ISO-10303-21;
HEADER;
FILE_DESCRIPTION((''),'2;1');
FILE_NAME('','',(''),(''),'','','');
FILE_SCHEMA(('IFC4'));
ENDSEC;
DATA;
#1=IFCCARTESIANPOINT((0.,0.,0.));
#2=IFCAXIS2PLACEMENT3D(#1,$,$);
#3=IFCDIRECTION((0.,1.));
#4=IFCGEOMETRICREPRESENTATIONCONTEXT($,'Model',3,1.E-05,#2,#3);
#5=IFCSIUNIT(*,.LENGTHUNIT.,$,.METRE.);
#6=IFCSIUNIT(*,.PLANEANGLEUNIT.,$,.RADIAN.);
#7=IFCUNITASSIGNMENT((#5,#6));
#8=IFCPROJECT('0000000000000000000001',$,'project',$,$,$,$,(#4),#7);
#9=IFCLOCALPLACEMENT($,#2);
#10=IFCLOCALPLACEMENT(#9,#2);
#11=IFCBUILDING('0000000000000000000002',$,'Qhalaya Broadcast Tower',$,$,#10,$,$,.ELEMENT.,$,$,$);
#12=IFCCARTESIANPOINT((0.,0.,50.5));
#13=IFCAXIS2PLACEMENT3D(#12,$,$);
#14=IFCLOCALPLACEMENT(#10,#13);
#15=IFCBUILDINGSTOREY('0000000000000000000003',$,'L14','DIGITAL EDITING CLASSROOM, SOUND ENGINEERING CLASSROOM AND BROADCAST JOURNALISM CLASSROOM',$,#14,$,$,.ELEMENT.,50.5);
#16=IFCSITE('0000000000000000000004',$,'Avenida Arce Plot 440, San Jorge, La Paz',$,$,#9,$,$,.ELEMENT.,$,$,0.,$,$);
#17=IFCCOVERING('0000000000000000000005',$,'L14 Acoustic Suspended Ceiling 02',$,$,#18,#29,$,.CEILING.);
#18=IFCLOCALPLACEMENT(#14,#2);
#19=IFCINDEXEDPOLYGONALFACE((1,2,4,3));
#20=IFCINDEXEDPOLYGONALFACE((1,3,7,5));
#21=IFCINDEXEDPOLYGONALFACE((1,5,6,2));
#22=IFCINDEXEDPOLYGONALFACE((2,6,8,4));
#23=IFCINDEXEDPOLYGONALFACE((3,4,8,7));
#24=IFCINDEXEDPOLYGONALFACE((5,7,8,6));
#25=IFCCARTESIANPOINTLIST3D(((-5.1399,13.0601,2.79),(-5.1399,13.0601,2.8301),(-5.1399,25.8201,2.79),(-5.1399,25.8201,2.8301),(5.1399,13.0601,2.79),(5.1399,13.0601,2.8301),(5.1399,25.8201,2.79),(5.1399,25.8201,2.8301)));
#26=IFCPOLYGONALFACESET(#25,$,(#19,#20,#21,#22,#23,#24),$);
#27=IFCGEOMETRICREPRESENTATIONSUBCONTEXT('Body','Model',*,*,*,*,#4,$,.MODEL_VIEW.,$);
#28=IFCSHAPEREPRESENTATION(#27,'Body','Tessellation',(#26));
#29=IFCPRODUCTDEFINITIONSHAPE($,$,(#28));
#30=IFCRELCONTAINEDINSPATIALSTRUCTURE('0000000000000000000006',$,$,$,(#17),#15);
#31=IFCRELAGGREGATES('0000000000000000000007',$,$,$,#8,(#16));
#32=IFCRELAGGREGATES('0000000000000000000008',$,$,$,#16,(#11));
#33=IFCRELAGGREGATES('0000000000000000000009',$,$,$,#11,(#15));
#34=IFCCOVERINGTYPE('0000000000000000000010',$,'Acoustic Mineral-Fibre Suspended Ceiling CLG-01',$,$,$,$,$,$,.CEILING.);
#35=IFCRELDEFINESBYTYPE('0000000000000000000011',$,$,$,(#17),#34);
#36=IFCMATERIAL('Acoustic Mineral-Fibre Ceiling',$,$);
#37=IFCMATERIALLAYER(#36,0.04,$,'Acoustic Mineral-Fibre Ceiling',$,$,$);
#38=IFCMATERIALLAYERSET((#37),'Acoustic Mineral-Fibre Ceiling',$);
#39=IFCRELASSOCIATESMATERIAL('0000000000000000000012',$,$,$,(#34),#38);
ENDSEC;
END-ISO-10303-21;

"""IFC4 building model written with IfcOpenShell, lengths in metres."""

from ifc_helpers import new_model, si_unit, direction, frame, origin, place, context, subcontext, project, spatial, polyline, outline, extrude, material, layer, layer_set, type_object, element, save


model = new_model("IFC4")

# Units and contexts
model_context = context("Model", 3, precision=1e-05, world=origin(), true_north=direction((0.0, 1.0)))
body_context = subcontext(model_context, "Body", "Model", "MODEL_VIEW")
ifc_project = project(units=[si_unit("LENGTHUNIT", "METRE"), si_unit("PLANEANGLEUNIT", "RADIAN")], contexts=[model_context])

# Site, building, storey
site_placement = place(None, origin())
site = spatial("IfcSite", under=ifc_project, at=site_placement, Name="Avenida Arce Plot 440, San Jorge, La Paz", CompositionType="ELEMENT", RefElevation=0.0)
building_placement = place(site_placement, origin())
building = spatial("IfcBuilding", under=site, at=building_placement, Name="Qhalaya Broadcast Tower", CompositionType="ELEMENT")
storey_placement = place(building_placement, frame((0.0, 0.0, 50.5)))
storey = spatial("IfcBuildingStorey", under=building, at=storey_placement, Name="L14", Description="DIGITAL EDITING CLASSROOM, SOUND ENGINEERING CLASSROOM AND BROADCAST JOURNALISM CLASSROOM", CompositionType="ELEMENT", Elevation=50.5)

# Covering
ifc_material_1 = material(Name="Acoustic Mineral-Fibre Ceiling")
ifc_layer_1 = layer(ifc_material_1, 0.04, Name="Acoustic Mineral-Fibre Ceiling")
ifc_layer_set_1 = layer_set([ifc_layer_1], Name="Acoustic Mineral-Fibre Ceiling")
covering_type = type_object("IfcCoveringType", Name="Acoustic Mineral-Fibre Suspended Ceiling CLG-01", PredefinedType="CEILING", material=ifc_layer_set_1)
covering_1_placement = place(storey_placement, frame((0.0, 0.0, 2.79)))
element("IfcCovering", 1, at=covering_1_placement, inside=storey, type_object=covering_type, Name="L14 Acoustic Suspended Ceiling 02", PredefinedType="CEILING", context=body_context, shape_type="SweptSolid", body=[
    extrude(outline(polyline([(-5.1399, 25.8201), (-5.1399, 13.0601), (5.1399, 13.0601), (5.1399, 25.8201), (-5.1399, 25.8201)])), origin(), (0.0, 0.0, 1.0), 0.04),
])

save(model, "model.ifc")
